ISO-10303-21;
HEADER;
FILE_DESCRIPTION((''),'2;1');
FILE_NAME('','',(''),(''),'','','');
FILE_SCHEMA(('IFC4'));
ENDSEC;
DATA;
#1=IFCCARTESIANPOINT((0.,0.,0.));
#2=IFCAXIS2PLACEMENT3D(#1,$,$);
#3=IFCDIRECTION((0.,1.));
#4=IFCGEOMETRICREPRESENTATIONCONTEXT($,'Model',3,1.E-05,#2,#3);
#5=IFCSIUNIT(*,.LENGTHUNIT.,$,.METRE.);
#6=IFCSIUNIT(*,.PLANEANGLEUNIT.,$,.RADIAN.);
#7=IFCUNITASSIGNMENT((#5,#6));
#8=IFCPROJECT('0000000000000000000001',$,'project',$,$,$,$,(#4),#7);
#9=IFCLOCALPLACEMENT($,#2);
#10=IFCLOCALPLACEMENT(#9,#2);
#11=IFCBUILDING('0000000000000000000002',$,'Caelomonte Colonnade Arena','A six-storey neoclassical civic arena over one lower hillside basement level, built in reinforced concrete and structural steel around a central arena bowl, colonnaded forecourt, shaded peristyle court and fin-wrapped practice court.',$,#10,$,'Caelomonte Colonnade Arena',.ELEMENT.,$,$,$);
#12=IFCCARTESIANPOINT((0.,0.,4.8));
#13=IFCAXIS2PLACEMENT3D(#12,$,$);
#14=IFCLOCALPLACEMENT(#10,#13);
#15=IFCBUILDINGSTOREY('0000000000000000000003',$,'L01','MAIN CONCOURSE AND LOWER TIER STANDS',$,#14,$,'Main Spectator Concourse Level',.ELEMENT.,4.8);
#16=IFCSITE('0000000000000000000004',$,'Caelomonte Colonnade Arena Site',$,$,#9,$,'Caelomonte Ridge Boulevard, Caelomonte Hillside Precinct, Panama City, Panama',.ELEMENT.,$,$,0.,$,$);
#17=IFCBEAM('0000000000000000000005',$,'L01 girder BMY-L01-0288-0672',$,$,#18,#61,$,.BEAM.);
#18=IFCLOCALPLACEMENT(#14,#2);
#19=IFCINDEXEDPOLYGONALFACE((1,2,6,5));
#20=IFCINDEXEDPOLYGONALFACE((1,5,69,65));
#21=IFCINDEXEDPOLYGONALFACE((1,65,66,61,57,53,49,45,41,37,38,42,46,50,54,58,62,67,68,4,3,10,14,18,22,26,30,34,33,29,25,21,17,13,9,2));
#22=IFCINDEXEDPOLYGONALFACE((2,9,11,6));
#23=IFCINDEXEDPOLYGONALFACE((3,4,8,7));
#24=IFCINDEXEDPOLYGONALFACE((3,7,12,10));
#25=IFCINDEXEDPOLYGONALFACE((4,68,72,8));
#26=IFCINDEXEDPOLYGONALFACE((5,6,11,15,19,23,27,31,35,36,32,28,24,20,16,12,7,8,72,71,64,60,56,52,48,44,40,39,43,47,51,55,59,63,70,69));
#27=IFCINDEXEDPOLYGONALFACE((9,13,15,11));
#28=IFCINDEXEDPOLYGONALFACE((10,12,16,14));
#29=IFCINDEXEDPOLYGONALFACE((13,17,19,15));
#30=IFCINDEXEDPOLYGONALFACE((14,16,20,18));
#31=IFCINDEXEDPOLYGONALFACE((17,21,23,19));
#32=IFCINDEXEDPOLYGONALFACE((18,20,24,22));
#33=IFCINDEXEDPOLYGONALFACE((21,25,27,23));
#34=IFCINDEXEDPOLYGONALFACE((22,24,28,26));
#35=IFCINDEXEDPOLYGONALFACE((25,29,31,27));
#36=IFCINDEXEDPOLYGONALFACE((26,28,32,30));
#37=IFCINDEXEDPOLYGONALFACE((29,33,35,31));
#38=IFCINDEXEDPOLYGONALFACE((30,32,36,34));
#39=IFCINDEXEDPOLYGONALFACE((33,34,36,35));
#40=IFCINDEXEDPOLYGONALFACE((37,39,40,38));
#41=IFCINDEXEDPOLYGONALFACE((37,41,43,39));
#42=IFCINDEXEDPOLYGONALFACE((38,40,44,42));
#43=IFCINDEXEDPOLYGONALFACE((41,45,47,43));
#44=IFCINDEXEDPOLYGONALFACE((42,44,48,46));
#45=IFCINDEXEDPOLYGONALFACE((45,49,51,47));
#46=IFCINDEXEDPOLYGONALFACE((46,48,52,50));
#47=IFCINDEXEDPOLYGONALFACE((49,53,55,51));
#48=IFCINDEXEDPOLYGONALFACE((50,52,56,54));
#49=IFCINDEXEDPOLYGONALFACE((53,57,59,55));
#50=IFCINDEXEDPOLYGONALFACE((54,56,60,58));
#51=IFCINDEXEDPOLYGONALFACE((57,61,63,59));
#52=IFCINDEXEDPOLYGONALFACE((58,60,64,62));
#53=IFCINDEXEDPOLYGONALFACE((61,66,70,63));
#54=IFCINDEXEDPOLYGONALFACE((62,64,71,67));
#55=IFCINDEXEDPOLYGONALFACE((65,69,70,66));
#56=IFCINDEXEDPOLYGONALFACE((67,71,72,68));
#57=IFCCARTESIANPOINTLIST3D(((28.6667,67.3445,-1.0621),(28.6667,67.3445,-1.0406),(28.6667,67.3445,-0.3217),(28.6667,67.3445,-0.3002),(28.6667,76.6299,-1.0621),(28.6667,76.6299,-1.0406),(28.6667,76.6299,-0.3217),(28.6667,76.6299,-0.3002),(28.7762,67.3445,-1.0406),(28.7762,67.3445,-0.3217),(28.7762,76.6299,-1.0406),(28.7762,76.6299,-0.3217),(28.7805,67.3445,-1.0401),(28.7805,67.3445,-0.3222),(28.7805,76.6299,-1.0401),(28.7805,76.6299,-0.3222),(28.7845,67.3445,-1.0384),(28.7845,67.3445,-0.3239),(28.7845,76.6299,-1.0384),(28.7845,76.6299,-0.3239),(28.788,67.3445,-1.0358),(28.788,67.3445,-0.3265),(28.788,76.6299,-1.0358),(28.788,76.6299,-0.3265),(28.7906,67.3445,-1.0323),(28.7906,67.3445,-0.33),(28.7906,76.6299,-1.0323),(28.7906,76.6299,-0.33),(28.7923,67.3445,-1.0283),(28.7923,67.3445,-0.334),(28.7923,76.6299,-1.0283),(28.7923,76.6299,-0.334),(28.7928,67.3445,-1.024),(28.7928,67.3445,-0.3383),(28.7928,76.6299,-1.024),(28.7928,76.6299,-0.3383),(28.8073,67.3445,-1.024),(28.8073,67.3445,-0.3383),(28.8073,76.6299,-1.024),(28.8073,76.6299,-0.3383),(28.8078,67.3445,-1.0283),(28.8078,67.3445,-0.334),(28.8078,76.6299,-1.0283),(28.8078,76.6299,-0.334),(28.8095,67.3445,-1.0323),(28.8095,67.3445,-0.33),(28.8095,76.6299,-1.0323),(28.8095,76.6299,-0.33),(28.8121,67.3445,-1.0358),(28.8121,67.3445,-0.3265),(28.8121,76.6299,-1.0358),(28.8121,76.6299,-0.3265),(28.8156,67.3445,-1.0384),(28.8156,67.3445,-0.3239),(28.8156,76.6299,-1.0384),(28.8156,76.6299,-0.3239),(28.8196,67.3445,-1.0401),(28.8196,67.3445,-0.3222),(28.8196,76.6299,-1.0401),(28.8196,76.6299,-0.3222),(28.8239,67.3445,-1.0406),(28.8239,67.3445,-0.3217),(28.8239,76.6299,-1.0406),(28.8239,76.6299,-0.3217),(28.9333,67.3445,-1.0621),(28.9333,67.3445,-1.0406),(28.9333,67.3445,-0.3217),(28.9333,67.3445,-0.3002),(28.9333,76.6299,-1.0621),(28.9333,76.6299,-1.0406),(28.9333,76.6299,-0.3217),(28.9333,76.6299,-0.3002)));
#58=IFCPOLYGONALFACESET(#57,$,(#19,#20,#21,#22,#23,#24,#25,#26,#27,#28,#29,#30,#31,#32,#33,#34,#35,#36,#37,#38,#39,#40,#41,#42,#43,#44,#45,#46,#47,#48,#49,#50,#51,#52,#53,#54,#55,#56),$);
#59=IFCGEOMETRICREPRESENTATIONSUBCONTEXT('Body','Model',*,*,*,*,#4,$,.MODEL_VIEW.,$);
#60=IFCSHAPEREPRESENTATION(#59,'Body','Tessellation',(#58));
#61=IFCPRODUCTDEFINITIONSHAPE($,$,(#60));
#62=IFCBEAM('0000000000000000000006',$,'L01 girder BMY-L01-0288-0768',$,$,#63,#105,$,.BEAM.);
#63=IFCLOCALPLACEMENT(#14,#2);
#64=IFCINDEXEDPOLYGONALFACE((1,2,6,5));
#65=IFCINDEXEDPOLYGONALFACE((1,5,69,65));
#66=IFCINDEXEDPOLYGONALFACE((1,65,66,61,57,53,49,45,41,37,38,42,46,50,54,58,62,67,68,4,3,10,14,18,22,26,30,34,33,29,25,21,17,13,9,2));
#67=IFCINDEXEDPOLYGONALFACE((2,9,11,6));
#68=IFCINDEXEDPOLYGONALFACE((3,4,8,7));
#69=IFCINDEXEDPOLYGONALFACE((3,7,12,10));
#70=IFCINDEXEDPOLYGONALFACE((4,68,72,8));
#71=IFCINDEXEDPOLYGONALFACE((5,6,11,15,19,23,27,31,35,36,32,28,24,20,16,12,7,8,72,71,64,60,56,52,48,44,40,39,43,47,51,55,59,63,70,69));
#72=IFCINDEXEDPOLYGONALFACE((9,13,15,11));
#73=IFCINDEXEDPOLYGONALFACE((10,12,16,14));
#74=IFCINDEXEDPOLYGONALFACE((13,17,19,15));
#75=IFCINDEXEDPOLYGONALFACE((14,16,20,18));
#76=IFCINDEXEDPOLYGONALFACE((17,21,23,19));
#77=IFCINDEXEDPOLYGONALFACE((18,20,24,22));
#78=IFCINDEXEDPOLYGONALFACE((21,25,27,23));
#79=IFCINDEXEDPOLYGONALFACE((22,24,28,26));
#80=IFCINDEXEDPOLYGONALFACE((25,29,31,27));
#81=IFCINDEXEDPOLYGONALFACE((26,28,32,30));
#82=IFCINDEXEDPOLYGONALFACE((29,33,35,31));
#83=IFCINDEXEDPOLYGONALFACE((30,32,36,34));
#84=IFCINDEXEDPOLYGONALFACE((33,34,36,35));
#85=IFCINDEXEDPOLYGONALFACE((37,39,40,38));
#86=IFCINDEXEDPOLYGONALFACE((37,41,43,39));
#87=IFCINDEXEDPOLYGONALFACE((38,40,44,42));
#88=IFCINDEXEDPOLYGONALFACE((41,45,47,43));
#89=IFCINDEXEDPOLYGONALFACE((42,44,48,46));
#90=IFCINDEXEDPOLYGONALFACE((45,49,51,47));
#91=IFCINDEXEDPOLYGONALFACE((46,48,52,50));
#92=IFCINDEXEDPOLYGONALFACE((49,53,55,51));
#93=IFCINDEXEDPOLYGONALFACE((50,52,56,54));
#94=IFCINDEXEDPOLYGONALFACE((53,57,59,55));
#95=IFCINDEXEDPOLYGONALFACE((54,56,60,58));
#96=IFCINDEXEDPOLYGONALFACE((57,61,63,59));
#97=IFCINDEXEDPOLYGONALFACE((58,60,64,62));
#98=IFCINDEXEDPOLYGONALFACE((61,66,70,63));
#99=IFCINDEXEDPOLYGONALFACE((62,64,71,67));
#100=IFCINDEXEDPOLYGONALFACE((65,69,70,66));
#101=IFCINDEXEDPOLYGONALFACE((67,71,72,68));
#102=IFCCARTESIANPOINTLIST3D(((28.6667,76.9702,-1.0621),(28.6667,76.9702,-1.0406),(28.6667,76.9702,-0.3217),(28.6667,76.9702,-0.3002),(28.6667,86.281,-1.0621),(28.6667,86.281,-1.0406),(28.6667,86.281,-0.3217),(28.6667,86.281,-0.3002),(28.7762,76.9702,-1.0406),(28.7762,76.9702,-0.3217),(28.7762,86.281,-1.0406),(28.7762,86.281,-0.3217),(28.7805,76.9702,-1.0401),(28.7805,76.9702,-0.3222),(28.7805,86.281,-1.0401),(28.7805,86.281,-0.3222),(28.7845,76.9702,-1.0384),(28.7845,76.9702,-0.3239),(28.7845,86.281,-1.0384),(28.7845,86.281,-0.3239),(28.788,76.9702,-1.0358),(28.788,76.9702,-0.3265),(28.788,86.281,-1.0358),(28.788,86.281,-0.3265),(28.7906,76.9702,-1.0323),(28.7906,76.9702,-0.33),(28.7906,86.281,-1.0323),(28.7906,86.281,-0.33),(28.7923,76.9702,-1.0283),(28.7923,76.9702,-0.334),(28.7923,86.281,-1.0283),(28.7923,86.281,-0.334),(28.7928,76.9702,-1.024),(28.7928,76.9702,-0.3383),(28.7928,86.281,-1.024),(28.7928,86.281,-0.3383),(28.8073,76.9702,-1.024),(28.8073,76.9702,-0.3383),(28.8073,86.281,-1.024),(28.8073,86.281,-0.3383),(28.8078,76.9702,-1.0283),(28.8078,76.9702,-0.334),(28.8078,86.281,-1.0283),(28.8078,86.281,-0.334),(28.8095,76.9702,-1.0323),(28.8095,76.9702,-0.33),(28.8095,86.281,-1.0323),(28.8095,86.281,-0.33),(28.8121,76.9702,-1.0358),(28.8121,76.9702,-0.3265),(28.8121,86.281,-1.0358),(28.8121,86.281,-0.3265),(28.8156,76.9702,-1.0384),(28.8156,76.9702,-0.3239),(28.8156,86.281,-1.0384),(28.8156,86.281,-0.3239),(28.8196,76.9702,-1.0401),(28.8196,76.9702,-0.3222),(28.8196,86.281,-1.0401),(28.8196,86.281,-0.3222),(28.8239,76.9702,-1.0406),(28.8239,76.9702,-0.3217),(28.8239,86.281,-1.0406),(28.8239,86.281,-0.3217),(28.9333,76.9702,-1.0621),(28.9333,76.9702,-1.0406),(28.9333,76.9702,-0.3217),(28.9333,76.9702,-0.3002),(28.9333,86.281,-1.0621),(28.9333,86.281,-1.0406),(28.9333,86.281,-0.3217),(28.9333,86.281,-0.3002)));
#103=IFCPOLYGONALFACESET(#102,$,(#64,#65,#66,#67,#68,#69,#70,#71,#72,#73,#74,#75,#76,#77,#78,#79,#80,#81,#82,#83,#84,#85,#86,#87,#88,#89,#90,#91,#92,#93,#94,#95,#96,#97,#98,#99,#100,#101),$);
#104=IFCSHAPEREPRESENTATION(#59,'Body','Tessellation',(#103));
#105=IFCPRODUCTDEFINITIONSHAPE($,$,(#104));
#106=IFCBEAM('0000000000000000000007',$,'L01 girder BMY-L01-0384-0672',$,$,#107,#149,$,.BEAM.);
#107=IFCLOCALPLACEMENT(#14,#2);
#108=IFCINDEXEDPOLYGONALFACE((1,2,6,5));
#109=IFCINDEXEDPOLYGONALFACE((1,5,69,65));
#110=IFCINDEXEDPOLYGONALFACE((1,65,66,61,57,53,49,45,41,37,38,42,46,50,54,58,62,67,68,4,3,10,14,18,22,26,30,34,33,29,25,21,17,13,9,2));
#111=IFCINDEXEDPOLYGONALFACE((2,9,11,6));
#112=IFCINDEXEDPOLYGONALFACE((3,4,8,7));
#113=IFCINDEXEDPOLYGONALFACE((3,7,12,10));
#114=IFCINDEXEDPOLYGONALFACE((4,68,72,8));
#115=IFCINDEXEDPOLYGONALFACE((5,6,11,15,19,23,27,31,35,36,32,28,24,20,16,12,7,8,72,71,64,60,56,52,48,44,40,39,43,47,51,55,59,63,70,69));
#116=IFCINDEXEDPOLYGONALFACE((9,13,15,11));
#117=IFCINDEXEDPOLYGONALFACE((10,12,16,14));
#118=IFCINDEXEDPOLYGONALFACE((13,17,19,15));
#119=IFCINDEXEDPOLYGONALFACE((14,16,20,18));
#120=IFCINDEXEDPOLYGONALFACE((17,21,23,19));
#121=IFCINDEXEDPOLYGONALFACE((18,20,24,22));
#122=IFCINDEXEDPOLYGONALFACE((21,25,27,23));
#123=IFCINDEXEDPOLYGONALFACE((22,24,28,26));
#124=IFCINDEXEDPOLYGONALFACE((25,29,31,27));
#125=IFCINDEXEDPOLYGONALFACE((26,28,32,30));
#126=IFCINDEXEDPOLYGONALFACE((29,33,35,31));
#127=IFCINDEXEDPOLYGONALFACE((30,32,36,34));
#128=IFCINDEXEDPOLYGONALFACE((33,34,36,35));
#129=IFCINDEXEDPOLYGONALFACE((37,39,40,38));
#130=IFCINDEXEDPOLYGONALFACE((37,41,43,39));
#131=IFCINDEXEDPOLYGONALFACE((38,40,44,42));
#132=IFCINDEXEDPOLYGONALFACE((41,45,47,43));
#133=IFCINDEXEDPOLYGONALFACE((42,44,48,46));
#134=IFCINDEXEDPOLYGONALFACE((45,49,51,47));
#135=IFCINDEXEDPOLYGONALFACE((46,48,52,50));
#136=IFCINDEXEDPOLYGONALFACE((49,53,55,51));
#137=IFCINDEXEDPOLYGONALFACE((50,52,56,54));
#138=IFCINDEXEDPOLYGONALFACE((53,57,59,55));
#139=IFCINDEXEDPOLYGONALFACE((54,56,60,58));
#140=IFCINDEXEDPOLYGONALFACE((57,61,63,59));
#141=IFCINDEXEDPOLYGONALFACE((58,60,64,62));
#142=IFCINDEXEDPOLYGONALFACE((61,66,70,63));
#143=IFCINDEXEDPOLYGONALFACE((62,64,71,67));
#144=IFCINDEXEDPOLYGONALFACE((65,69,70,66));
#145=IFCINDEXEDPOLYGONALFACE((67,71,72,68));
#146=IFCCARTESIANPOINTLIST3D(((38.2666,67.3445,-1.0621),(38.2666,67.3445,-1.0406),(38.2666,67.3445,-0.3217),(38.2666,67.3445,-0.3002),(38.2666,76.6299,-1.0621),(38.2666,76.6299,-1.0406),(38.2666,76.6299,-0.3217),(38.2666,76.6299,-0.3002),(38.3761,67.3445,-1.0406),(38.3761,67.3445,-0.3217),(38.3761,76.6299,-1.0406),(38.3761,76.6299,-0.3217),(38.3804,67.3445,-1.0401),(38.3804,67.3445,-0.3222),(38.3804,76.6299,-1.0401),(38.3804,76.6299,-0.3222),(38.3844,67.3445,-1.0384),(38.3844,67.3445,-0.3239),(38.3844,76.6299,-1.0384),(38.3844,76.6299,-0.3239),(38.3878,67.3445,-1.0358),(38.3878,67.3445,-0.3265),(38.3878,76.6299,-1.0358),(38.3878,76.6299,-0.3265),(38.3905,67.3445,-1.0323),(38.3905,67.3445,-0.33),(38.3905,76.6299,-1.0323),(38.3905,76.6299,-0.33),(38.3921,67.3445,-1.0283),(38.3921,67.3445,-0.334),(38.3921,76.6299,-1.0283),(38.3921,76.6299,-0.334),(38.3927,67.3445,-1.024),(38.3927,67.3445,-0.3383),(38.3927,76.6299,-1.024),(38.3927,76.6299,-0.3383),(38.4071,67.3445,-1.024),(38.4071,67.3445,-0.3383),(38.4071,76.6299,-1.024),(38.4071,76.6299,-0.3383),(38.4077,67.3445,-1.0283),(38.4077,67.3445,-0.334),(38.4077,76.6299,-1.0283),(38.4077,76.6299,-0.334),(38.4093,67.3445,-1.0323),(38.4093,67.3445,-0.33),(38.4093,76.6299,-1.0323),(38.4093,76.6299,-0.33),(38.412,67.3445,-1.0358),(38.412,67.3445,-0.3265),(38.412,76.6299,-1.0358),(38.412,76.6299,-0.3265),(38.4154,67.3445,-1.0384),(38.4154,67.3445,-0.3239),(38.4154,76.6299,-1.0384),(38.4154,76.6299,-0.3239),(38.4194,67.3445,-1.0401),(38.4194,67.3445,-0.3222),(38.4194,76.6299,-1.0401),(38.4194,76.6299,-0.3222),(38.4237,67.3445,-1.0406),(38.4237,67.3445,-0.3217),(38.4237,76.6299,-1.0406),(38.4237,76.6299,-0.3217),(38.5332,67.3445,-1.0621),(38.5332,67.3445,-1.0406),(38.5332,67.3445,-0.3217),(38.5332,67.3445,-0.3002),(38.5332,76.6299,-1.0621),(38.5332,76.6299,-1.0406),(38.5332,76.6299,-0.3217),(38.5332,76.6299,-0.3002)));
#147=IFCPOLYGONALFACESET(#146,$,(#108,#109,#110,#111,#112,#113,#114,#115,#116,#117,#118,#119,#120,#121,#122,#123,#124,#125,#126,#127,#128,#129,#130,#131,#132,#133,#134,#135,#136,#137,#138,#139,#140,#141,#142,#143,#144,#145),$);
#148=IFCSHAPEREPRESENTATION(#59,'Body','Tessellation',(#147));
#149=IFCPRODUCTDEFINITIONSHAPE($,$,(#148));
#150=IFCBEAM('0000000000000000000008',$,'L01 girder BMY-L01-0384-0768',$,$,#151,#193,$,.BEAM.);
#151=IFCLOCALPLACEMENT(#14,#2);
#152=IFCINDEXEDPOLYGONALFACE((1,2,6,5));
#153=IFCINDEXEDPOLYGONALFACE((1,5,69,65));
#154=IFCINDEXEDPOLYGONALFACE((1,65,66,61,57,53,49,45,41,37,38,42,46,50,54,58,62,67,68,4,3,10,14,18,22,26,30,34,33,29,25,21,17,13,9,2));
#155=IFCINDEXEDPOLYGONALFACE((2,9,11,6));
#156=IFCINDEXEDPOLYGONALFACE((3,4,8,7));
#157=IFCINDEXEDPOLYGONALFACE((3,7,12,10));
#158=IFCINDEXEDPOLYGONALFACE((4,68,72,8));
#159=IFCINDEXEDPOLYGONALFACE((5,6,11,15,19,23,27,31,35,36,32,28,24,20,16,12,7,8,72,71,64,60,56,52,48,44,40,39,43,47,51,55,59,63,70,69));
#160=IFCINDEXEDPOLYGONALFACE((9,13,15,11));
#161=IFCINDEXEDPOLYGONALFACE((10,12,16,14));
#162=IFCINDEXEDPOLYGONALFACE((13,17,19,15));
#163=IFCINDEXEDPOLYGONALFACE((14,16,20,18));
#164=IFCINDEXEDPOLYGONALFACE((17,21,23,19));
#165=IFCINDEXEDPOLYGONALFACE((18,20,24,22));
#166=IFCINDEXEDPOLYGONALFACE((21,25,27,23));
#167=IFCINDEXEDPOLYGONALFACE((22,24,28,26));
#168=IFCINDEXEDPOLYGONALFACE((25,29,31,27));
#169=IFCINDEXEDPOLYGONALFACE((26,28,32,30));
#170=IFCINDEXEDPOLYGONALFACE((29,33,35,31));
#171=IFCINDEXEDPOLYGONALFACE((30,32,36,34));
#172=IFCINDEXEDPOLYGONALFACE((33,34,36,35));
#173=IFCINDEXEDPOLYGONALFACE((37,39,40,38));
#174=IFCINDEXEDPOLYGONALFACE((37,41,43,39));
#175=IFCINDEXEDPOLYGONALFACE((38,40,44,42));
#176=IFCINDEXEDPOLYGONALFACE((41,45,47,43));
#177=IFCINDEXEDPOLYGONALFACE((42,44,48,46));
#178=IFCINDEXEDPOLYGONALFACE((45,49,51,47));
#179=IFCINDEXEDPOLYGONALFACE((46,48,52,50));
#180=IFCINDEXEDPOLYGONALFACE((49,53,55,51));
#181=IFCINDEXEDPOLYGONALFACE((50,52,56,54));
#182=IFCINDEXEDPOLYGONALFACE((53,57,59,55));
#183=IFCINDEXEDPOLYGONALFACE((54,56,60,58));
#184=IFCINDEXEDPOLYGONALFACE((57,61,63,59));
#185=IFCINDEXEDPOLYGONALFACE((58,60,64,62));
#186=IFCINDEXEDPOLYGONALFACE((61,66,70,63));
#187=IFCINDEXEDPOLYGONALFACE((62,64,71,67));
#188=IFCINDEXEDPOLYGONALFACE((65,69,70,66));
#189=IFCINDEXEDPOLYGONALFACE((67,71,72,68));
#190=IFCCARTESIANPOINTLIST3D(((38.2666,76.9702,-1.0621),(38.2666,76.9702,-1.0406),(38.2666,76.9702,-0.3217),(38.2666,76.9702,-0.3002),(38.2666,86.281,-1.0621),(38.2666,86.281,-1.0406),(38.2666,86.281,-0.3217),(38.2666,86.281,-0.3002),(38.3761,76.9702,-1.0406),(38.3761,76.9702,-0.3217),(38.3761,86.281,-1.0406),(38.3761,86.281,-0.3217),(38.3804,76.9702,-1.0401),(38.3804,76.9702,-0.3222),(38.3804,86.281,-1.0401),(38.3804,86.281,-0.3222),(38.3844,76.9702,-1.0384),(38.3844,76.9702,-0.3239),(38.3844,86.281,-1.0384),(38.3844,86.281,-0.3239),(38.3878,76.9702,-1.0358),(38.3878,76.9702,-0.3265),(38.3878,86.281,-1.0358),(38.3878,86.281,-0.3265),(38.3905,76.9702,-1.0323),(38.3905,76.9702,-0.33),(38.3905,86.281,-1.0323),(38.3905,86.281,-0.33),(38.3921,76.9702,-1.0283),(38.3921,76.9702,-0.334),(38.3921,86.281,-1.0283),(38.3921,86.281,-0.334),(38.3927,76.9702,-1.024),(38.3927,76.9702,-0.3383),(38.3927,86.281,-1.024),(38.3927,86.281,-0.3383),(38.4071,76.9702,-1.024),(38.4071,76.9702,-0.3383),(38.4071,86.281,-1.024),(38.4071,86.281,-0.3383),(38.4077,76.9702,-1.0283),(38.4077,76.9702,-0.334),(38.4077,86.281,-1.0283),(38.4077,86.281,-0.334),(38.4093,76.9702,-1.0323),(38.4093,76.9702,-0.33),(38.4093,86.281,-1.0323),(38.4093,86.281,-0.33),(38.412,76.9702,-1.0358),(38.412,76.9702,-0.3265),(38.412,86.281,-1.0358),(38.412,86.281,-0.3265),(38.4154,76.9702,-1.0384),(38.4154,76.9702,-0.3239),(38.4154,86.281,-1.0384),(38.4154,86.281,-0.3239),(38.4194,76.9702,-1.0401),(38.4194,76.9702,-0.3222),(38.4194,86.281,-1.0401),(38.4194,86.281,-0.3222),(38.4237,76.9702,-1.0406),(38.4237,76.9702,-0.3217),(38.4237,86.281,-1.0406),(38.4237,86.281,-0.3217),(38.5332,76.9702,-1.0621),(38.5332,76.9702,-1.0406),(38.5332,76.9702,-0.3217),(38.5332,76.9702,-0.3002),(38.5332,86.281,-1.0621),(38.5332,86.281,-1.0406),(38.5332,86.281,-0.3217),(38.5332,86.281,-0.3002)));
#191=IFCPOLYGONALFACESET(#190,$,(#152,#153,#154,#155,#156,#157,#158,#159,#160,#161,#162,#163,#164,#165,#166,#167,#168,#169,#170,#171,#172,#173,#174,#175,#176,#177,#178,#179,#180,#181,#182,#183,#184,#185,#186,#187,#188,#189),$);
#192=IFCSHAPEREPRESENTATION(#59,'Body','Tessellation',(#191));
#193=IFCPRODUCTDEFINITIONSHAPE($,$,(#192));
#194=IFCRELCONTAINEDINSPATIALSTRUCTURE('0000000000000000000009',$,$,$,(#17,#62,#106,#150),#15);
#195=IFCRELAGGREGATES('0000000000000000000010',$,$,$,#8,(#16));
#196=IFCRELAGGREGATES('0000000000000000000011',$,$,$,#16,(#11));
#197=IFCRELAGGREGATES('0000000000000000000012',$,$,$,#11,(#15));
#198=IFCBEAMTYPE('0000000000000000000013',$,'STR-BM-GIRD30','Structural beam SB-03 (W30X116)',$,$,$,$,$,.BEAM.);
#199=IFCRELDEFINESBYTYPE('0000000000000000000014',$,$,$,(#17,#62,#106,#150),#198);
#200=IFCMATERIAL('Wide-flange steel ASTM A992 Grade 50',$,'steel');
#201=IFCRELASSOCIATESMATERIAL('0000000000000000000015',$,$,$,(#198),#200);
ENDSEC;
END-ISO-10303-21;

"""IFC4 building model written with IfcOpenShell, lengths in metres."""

from ifc_helpers import new_model, si_unit, direction, frame, origin, origin_2d, place, context, subcontext, project, spatial, i_section, extrude, material, material_profile, profile_set, type_object, element, save


model = new_model("IFC4")

# Units and contexts
model_context = context("Model", 3, precision=1e-05, world=origin(), true_north=direction((0.0, 1.0)))
body_context = subcontext(model_context, "Body", "Model", "MODEL_VIEW")
ifc_project = project(units=[si_unit("LENGTHUNIT", "METRE"), si_unit("PLANEANGLEUNIT", "RADIAN")], contexts=[model_context])

# Site, building, storey
site_placement = place(None, origin())
site = spatial("IfcSite", under=ifc_project, at=site_placement, Name="Caelomonte Colonnade Arena Site", LongName="Caelomonte Ridge Boulevard, Caelomonte Hillside Precinct, Panama City, Panama", CompositionType="ELEMENT", RefElevation=0.0)
building_placement = place(site_placement, origin())
building = spatial("IfcBuilding", under=site, at=building_placement, Name="Caelomonte Colonnade Arena", Description="A six-storey neoclassical civic arena over one lower hillside basement level, built in reinforced concrete and structural steel around a central arena bowl, colonnaded forecourt, shaded peristyle court and fin-wrapped practice court.", LongName="Caelomonte Colonnade Arena", CompositionType="ELEMENT")
storey_placement = place(building_placement, frame((0.0, 0.0, 4.8)))
storey = spatial("IfcBuildingStorey", under=building, at=storey_placement, Name="L01", Description="MAIN CONCOURSE AND LOWER TIER STANDS", LongName="Main Spectator Concourse Level", CompositionType="ELEMENT", Elevation=4.8)

# Shared definitions
ifc_material_1 = material(Name="Wide-flange steel ASTM A992 Grade 50", Category="steel")

# Beams
ifc_material_profile_1 = material_profile(ifc_material_1, i_section(OverallWidth=0.2666, OverallDepth=0.762, WebThickness=0.0144, FlangeThickness=0.0215, FilletRadius=0.0166, at=origin_2d()), Name="W30X116")
ifc_profile_set_1 = profile_set([ifc_material_profile_1], Name="Wide-flange steel ASTM A992 Grade 50")
beam_type_1 = type_object("IfcBeamType", Name="STR-BM-GIRD30", Description="Structural beam SB-03 (W30X116)", PredefinedType="BEAM", material=ifc_profile_set_1)
beam_1_placement = place(storey_placement, frame((28.8, 67.3445, -0.6812), z_axis=(0.0, 1.0, 0.0), x_axis=(-1.0, 0.0, 0.0)))
element("IfcBeam", 1, at=beam_1_placement, inside=storey, type_object=beam_type_1, Name="L01 girder BMY-L01-0288-0672", PredefinedType="BEAM", context=body_context, shape_type="SweptSolid", body=[
    extrude(i_section(OverallWidth=0.2666, OverallDepth=0.762, WebThickness=0.0144, FlangeThickness=0.0215, FilletRadius=0.0166, at=origin_2d()), origin(), (0.0, 0.0, 1.0), 9.2854),
])
beam_2_placement = place(storey_placement, frame((28.8, 76.9702, -0.6812), z_axis=(0.0, 1.0, 0.0), x_axis=(-1.0, 0.0, 0.0)))
element("IfcBeam", 2, at=beam_2_placement, inside=storey, type_object=beam_type_1, Name="L01 girder BMY-L01-0288-0768", PredefinedType="BEAM", context=body_context, shape_type="SweptSolid", body=[
    extrude(i_section(OverallWidth=0.2666, OverallDepth=0.762, WebThickness=0.0144, FlangeThickness=0.0215, FilletRadius=0.0166, at=origin_2d()), origin(), (0.0, 0.0, 1.0), 9.3108),
])
beam_3_placement = place(storey_placement, frame((38.3999, 67.3445, -0.6812), z_axis=(0.0, 1.0, 0.0), x_axis=(-1.0, 0.0, 0.0)))
element("IfcBeam", 3, at=beam_3_placement, inside=storey, type_object=beam_type_1, Name="L01 girder BMY-L01-0384-0672", PredefinedType="BEAM", context=body_context, shape_type="SweptSolid", body=[
    extrude(i_section(OverallWidth=0.2666, OverallDepth=0.762, WebThickness=0.0144, FlangeThickness=0.0215, FilletRadius=0.0166, at=origin_2d()), origin(), (0.0, 0.0, 1.0), 9.2854),
])
beam_4_placement = place(storey_placement, frame((38.3999, 76.9702, -0.6812), z_axis=(0.0, 1.0, 0.0), x_axis=(-1.0, 0.0, 0.0)))
element("IfcBeam", 4, at=beam_4_placement, inside=storey, type_object=beam_type_1, Name="L01 girder BMY-L01-0384-0768", PredefinedType="BEAM", context=body_context, shape_type="SweptSolid", body=[
    extrude(i_section(OverallWidth=0.2666, OverallDepth=0.762, WebThickness=0.0144, FlangeThickness=0.0215, FilletRadius=0.0166, at=origin_2d()), origin(), (0.0, 0.0, 1.0), 9.3108),
])

save(model, "model.ifc")
